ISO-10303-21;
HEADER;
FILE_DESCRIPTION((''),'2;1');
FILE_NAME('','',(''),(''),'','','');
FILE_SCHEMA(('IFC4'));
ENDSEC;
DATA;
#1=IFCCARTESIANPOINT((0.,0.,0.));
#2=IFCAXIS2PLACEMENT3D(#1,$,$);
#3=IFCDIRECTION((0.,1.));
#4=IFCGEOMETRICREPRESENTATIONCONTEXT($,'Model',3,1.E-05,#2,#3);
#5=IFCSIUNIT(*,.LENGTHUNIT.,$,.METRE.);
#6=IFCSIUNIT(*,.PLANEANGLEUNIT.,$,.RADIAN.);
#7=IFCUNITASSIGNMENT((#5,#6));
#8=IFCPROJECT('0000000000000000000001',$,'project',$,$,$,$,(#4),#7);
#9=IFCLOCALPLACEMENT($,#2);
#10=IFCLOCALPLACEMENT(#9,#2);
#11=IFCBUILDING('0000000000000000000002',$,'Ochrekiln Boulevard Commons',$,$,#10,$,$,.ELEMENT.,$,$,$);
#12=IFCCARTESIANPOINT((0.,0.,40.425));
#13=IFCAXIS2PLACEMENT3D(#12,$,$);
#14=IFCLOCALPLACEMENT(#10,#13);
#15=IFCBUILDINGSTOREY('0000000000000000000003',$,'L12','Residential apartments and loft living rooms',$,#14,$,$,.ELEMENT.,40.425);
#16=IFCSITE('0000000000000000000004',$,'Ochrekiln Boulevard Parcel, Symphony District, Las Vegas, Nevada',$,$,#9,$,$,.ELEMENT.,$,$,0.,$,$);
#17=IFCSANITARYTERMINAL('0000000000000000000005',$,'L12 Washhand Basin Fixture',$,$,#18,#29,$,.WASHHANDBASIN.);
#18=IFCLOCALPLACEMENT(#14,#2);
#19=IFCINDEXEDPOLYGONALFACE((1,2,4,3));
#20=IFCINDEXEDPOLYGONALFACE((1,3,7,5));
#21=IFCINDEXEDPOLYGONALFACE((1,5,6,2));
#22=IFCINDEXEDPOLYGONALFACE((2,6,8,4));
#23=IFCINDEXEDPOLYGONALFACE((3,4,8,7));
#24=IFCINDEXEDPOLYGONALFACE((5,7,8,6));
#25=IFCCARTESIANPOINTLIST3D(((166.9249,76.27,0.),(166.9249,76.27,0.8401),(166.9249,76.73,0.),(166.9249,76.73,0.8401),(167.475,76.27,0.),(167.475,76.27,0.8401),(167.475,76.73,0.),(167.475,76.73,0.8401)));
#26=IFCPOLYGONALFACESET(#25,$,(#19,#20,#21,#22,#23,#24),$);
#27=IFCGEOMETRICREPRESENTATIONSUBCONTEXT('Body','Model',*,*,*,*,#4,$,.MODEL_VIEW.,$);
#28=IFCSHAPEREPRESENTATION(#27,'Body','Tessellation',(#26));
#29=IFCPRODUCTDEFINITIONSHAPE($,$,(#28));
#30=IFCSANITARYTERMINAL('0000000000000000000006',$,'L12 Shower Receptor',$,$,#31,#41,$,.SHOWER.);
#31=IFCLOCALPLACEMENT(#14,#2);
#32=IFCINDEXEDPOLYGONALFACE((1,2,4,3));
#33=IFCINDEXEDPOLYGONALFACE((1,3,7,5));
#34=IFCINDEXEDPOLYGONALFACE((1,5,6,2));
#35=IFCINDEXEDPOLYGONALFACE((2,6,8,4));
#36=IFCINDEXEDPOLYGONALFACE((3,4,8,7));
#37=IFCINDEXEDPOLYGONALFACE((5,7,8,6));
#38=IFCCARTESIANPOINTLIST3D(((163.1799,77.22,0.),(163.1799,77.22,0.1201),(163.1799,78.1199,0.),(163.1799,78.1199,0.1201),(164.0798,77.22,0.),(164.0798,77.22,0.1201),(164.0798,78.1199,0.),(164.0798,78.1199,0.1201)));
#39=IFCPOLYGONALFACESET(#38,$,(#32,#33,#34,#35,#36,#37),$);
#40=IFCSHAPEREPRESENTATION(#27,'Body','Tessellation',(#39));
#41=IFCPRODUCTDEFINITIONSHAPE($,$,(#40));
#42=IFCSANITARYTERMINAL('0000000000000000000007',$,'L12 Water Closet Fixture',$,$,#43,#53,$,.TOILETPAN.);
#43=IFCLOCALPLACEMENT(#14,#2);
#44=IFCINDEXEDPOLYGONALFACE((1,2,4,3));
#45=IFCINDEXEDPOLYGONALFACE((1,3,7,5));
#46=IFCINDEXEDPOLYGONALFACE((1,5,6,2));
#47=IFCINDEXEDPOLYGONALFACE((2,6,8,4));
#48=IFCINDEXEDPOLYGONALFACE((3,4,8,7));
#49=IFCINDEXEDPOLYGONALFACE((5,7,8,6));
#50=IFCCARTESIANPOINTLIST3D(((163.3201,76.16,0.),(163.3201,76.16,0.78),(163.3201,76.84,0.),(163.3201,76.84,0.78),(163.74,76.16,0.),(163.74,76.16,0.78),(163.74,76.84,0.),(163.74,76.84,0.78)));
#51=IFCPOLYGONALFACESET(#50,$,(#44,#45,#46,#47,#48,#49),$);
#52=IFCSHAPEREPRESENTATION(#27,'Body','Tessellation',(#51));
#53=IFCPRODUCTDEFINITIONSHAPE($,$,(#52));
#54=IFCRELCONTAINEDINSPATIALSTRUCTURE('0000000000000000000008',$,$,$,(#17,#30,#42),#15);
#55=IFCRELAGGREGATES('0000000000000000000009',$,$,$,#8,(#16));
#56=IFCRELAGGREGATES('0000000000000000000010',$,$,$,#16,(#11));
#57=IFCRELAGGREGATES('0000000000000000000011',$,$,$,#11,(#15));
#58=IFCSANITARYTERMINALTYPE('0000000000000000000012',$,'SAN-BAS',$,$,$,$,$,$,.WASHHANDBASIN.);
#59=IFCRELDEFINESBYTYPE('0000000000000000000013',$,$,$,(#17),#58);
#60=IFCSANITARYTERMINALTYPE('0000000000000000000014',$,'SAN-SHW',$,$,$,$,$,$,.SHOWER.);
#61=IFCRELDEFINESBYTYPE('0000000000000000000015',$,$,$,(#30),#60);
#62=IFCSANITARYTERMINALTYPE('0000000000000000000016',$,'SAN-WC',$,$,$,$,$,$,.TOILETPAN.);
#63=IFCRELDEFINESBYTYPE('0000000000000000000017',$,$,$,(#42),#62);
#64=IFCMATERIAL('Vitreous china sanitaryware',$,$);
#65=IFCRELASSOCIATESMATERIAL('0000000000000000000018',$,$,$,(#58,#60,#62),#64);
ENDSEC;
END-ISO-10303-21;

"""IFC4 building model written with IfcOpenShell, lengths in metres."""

from ifc_helpers import new_model, si_unit, direction, frame, origin, origin_2d, place, context, subcontext, project, spatial, rectangle, extrude, material, type_object, element, save


model = new_model("IFC4")

# Units and contexts
model_context = context("Model", 3, precision=1e-05, world=origin(), true_north=direction((0.0, 1.0)))
body_context = subcontext(model_context, "Body", "Model", "MODEL_VIEW")
ifc_project = project(units=[si_unit("LENGTHUNIT", "METRE"), si_unit("PLANEANGLEUNIT", "RADIAN")], contexts=[model_context])

# Site, building, storey
site_placement = place(None, origin())
site = spatial("IfcSite", under=ifc_project, at=site_placement, Name="Ochrekiln Boulevard Parcel, Symphony District, Las Vegas, Nevada", CompositionType="ELEMENT", RefElevation=0.0)
building_placement = place(site_placement, origin())
building = spatial("IfcBuilding", under=site, at=building_placement, Name="Ochrekiln Boulevard Commons", CompositionType="ELEMENT")
storey_placement = place(building_placement, frame((0.0, 0.0, 40.425)))
storey = spatial("IfcBuildingStorey", under=building, at=storey_placement, Name="L12", Description="Residential apartments and loft living rooms", CompositionType="ELEMENT", Elevation=40.425)

# Sanitary terminals
ifc_material_1 = material(Name="Vitreous china sanitaryware")
sanitary_terminal_type_1 = type_object("IfcSanitaryTerminalType", Name="SAN-BAS", PredefinedType="WASHHANDBASIN", material=ifc_material_1)
sanitary_terminal_1_placement = place(storey_placement, frame((167.2, 76.5, 0.0), z_axis=(0.0, 0.0, 1.0), x_axis=(1.0, 0.0, 0.0)))
element("IfcSanitaryTerminal", 1, at=sanitary_terminal_1_placement, inside=storey, type_object=sanitary_terminal_type_1, Name="L12 Washhand Basin Fixture", PredefinedType="WASHHANDBASIN", context=body_context, shape_type="SweptSolid", body=[
    extrude(rectangle(XDim=0.55, YDim=0.46, at=origin_2d()), origin(), (0.0, 0.0, 1.0), 0.8401),
])
sanitary_terminal_type_2 = type_object("IfcSanitaryTerminalType", Name="SAN-SHW", PredefinedType="SHOWER", material=ifc_material_1)
sanitary_terminal_2_placement = place(storey_placement, frame((163.6299, 77.6699, 0.0), z_axis=(0.0, 0.0, 1.0), x_axis=(1.0, 0.0, 0.0)))
element("IfcSanitaryTerminal", 2, at=sanitary_terminal_2_placement, inside=storey, type_object=sanitary_terminal_type_2, Name="L12 Shower Receptor", PredefinedType="SHOWER", context=body_context, shape_type="SweptSolid", body=[
    extrude(rectangle(XDim=0.8999, YDim=0.8999, at=origin_2d()), origin(), (0.0, 0.0, 1.0), 0.1201),
])
sanitary_terminal_type_3 = type_object("IfcSanitaryTerminalType", Name="SAN-WC", PredefinedType="TOILETPAN", material=ifc_material_1)
sanitary_terminal_3_placement = place(storey_placement, frame((163.53, 76.5, 0.0), z_axis=(0.0, 0.0, 1.0), x_axis=(1.0, 0.0, 0.0)))
element("IfcSanitaryTerminal", 3, at=sanitary_terminal_3_placement, inside=storey, type_object=sanitary_terminal_type_3, Name="L12 Water Closet Fixture", PredefinedType="TOILETPAN", context=body_context, shape_type="SweptSolid", body=[
    extrude(rectangle(XDim=0.4199, YDim=0.6799, at=origin_2d()), origin(), (0.0, 0.0, 1.0), 0.78),
])

save(model, "model.ifc")
